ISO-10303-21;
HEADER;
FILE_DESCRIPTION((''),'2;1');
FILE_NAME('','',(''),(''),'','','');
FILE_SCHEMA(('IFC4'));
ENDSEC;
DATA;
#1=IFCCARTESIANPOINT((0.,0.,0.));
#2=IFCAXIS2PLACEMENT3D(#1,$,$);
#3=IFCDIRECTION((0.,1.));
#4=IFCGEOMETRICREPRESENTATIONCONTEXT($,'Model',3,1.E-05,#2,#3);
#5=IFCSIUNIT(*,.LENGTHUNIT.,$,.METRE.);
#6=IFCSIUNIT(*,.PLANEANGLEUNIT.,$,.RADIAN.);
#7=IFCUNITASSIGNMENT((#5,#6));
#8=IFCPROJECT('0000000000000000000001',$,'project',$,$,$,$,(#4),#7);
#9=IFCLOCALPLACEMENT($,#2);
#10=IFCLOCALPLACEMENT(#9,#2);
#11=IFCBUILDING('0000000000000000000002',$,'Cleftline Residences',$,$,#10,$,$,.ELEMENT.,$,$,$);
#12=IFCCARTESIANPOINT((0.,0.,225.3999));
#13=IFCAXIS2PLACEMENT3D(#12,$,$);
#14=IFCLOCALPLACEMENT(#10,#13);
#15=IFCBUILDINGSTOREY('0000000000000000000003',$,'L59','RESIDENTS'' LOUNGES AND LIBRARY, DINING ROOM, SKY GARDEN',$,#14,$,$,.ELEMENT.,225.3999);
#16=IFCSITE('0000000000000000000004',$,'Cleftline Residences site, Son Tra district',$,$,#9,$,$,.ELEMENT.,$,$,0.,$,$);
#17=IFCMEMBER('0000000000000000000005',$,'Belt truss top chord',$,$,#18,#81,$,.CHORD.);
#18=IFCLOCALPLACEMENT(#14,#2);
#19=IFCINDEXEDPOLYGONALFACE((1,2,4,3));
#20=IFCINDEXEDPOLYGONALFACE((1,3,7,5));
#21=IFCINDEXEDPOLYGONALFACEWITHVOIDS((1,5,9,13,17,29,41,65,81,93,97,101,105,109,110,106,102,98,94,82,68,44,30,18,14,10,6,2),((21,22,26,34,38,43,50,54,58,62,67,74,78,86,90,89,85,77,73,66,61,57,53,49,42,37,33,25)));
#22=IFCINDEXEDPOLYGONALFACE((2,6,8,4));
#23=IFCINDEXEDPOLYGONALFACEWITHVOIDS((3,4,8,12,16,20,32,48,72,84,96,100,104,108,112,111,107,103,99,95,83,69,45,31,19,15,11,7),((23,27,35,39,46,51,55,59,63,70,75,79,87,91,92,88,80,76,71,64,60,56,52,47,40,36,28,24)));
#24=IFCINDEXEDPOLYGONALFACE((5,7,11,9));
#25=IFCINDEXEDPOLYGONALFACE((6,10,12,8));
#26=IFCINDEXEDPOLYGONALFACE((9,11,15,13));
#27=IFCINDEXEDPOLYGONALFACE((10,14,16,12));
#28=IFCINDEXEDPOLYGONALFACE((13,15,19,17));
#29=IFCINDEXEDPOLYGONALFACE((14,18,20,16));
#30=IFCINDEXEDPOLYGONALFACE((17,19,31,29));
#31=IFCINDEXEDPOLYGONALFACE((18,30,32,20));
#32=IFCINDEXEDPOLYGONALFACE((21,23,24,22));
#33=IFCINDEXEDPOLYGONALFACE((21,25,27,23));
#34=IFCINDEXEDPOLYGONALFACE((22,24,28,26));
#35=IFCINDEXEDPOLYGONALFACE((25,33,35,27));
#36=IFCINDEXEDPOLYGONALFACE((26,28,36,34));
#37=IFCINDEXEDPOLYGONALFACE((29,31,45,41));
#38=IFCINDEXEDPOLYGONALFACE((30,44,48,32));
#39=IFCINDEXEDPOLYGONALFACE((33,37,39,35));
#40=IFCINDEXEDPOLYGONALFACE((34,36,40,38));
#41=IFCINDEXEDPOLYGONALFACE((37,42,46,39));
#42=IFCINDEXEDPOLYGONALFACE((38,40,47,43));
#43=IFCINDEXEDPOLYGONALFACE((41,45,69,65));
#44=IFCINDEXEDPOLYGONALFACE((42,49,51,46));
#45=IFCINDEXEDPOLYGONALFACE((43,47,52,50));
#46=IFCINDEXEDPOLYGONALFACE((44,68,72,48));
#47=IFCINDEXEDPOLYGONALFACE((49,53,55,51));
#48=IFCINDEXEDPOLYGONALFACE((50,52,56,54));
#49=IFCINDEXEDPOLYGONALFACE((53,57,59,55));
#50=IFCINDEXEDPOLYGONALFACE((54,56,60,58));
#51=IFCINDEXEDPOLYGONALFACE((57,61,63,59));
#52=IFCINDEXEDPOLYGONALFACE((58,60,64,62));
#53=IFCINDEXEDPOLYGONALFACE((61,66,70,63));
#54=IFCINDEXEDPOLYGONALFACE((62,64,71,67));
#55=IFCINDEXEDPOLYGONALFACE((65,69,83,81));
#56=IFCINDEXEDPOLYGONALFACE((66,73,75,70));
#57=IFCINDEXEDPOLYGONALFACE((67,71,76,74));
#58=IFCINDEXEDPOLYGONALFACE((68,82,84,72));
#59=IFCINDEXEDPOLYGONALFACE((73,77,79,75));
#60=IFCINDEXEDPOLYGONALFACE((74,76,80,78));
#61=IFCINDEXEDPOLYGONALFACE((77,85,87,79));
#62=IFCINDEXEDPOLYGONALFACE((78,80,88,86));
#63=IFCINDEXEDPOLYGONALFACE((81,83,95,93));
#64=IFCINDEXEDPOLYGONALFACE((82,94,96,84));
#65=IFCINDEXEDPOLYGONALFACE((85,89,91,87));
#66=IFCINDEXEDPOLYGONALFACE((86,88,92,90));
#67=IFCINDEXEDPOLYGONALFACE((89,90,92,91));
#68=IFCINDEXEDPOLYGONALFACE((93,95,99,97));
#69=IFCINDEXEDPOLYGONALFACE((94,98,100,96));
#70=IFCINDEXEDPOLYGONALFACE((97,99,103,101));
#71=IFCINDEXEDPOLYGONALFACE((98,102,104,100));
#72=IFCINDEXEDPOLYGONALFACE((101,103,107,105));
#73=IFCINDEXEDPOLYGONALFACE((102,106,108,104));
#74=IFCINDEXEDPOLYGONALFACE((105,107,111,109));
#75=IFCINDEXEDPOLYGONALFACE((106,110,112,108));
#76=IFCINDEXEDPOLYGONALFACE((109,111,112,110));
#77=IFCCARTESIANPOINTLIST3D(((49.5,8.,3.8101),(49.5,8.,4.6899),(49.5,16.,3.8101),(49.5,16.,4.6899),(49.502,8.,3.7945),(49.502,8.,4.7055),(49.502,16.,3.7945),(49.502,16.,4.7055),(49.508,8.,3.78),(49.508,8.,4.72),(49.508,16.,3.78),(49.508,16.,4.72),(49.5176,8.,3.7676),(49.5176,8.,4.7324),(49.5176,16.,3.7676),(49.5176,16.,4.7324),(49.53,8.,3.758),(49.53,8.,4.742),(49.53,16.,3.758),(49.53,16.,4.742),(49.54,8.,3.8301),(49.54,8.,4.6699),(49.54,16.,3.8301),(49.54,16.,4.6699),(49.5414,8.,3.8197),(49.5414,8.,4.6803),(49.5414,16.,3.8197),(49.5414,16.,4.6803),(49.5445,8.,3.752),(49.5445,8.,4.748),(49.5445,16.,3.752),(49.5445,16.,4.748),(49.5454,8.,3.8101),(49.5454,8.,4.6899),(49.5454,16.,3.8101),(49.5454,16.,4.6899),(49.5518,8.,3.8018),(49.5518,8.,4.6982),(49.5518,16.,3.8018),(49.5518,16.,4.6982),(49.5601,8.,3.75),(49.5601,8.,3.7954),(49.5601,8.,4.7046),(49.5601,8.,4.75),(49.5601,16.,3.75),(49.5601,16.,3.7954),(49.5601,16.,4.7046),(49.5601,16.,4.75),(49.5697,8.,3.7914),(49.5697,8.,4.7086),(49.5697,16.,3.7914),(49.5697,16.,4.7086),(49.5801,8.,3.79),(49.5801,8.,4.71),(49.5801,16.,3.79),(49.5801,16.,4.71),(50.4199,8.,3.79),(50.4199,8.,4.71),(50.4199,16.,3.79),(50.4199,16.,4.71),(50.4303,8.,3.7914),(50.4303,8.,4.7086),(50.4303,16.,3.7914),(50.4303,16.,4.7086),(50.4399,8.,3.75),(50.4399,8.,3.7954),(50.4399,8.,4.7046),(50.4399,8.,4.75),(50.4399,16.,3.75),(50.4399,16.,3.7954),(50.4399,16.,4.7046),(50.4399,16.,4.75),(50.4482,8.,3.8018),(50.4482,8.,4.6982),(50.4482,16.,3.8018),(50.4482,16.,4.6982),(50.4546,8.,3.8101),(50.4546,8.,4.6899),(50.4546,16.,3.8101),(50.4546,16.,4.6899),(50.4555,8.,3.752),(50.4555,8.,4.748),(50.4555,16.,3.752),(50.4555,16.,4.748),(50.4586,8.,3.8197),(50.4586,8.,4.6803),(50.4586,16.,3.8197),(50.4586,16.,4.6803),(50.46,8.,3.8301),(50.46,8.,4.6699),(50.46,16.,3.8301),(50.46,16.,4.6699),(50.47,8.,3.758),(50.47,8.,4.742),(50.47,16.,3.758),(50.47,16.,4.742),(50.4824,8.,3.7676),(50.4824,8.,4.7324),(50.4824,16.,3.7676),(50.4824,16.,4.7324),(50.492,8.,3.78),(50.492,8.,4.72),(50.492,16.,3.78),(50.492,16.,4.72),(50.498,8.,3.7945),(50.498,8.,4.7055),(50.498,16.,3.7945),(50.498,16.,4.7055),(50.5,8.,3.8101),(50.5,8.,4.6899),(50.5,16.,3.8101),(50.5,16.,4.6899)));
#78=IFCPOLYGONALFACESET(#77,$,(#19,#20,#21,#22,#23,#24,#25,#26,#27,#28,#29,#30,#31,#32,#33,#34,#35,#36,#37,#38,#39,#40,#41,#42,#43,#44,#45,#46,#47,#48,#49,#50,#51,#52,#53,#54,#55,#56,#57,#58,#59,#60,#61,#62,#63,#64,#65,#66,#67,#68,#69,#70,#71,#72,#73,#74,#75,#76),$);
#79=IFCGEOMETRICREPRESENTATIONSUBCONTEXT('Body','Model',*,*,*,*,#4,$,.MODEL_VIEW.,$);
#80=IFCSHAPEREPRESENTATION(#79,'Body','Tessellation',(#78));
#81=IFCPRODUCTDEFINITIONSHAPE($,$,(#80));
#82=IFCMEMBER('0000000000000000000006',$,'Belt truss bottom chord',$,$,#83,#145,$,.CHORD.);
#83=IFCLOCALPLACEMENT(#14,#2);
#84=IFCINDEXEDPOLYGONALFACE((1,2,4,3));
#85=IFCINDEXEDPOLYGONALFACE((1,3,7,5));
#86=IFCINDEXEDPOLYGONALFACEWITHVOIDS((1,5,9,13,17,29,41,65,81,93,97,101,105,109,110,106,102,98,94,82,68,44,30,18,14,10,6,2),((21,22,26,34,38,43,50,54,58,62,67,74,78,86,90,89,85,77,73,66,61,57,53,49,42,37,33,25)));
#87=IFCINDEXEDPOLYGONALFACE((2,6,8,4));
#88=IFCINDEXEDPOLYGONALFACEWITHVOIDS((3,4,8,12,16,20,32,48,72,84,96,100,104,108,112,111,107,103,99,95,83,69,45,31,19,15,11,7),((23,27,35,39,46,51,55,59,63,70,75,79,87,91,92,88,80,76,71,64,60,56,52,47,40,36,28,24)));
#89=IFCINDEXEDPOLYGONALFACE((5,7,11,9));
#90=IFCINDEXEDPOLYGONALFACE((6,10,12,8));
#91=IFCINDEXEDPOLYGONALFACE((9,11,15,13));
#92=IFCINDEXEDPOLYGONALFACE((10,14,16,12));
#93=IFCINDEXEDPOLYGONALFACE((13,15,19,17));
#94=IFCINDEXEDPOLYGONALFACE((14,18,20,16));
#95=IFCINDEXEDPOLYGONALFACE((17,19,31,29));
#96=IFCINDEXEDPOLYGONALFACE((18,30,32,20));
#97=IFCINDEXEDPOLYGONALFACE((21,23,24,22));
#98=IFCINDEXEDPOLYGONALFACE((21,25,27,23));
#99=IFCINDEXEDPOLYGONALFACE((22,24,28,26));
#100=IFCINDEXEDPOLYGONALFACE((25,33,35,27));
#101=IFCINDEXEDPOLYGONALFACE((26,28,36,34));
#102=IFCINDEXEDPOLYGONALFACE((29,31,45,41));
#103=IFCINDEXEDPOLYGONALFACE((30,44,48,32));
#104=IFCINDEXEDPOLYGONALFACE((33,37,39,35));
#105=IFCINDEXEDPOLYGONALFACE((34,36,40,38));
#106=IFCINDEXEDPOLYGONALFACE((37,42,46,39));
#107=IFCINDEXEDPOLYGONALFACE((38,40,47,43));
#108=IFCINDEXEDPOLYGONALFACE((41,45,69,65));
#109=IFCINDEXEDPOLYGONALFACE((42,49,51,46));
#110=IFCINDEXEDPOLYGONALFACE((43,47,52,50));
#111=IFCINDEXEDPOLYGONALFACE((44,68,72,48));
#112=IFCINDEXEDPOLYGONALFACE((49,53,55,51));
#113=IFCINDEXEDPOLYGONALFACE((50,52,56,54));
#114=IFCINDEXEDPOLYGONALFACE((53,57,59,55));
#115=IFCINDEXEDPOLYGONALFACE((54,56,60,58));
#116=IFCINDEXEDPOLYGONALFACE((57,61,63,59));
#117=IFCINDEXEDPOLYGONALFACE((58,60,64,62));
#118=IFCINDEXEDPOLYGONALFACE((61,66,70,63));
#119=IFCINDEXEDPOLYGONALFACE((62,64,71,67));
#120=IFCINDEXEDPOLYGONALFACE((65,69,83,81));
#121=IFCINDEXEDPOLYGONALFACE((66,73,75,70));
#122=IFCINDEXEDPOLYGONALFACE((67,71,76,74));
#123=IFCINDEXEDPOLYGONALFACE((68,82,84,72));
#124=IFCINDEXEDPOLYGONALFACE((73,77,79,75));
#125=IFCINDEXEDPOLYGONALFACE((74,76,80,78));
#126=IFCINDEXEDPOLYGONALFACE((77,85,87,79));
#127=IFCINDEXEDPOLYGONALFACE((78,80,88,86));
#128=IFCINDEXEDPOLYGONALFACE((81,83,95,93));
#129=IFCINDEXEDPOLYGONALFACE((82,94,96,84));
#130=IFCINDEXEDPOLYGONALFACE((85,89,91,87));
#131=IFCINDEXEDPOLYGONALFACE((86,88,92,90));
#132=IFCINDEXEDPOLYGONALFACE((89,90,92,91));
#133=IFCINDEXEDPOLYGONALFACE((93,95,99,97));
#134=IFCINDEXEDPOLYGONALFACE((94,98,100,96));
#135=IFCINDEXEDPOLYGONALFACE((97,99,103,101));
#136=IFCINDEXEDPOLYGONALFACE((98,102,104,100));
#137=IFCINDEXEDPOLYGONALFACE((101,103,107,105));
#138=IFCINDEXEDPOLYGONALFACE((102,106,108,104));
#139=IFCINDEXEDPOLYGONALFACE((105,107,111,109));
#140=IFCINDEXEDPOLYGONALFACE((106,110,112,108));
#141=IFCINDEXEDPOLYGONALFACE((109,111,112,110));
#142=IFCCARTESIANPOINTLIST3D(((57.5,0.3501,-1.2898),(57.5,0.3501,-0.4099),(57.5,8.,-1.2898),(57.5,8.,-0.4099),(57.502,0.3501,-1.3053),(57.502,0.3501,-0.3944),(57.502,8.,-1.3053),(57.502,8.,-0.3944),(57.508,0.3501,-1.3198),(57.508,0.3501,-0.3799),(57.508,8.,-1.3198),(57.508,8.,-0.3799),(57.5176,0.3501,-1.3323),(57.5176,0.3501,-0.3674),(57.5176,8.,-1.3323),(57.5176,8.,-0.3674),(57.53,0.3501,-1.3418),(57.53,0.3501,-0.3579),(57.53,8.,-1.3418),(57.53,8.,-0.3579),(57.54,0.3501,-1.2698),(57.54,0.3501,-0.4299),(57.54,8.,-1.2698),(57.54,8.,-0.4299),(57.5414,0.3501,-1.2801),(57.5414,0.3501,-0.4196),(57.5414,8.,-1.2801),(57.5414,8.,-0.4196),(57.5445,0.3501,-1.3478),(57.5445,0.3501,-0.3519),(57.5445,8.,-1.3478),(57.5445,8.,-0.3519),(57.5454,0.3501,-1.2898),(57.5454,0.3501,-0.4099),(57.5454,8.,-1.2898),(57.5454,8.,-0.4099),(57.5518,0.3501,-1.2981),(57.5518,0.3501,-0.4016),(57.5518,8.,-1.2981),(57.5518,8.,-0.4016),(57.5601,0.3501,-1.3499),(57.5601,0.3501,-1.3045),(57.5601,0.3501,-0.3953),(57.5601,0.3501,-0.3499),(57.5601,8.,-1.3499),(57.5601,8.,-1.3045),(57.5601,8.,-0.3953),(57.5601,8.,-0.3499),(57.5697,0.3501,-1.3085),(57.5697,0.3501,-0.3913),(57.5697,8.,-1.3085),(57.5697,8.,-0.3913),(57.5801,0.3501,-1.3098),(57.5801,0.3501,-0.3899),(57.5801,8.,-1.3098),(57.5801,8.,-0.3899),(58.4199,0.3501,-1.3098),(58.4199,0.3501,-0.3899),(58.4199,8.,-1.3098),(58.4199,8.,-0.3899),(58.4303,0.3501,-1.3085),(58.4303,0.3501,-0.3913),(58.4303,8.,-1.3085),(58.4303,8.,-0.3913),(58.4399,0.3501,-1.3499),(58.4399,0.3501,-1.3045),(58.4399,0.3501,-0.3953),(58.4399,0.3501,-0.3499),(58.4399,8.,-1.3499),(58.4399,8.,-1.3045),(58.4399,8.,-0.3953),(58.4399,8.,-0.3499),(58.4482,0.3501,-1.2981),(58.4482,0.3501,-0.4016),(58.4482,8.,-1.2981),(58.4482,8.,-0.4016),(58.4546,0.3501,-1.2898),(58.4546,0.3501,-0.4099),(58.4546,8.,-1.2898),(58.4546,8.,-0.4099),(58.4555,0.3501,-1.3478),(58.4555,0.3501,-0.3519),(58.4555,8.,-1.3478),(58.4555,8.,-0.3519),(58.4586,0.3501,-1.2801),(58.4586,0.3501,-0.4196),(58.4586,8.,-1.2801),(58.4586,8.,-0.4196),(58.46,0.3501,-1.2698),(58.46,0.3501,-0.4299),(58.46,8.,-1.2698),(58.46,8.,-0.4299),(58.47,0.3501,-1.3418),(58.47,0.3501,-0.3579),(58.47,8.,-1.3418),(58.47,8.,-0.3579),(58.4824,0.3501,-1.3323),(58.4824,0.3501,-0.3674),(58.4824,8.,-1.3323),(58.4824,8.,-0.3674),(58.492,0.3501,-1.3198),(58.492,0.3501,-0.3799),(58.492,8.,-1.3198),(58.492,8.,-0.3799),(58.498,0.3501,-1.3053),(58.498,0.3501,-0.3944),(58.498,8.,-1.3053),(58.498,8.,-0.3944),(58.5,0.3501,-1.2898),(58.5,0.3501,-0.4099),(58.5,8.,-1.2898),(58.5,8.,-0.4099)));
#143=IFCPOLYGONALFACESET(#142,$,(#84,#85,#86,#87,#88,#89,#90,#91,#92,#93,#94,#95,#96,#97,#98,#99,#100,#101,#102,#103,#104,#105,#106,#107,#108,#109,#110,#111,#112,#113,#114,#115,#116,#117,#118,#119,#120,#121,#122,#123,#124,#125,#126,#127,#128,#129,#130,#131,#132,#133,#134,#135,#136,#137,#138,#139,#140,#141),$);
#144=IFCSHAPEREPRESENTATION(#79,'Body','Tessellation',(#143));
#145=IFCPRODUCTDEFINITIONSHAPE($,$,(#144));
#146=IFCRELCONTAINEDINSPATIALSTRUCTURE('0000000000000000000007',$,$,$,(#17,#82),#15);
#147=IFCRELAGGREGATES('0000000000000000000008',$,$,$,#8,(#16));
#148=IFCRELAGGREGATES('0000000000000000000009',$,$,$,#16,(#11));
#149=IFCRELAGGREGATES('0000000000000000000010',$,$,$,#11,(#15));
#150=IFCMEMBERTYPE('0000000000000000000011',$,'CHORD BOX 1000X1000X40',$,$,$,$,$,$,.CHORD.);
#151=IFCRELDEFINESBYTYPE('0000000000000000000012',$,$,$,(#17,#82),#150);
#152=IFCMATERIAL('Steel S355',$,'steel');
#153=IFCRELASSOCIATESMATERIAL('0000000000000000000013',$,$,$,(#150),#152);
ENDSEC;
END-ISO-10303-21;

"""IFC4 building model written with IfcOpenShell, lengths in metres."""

from ifc_helpers import new_model, si_unit, direction, frame, origin, origin_2d, place, context, subcontext, project, spatial, hollow_rectangle, extrude, material, material_profile, profile_set, type_object, element, save


model = new_model("IFC4")

# Units and contexts
model_context = context("Model", 3, precision=1e-05, world=origin(), true_north=direction((0.0, 1.0)))
body_context = subcontext(model_context, "Body", "Model", "MODEL_VIEW")
ifc_project = project(units=[si_unit("LENGTHUNIT", "METRE"), si_unit("PLANEANGLEUNIT", "RADIAN")], contexts=[model_context])

# Site, building, storey
site_placement = place(None, origin())
site = spatial("IfcSite", under=ifc_project, at=site_placement, Name="Cleftline Residences site, Son Tra district", CompositionType="ELEMENT", RefElevation=0.0)
building_placement = place(site_placement, origin())
building = spatial("IfcBuilding", under=site, at=building_placement, Name="Cleftline Residences", CompositionType="ELEMENT")
storey_placement = place(building_placement, frame((0.0, 0.0, 225.3999)))
storey = spatial("IfcBuildingStorey", under=building, at=storey_placement, Name="L59", Description="RESIDENTS' LOUNGES AND LIBRARY, DINING ROOM, SKY GARDEN", CompositionType="ELEMENT", Elevation=225.3999)

# Members
ifc_material_1 = material(Name="Steel S355", Category="steel")
ifc_material_profile_1 = material_profile(ifc_material_1, hollow_rectangle(XDim=1.0, YDim=1.0, WallThickness=0.04, InnerFilletRadius=0.04, OuterFilletRadius=0.0601, at=origin_2d()))
ifc_profile_set_1 = profile_set([ifc_material_profile_1], Name="Steel S355")
member_type_1 = type_object("IfcMemberType", Name="CHORD BOX 1000X1000X40", PredefinedType="CHORD", material=ifc_profile_set_1)
for number, where, z_axis, x_axis, name in (
    (1, (50.0, 8.0, 4.25), (0.0, 1.0, 0.0), (-1.0, 0.0, 0.0), "Belt truss top chord"),
):
    element("IfcMember", number, at=place(storey_placement, frame(where, z_axis=z_axis, x_axis=x_axis)), inside=storey, type_object=member_type_1, Name=name, PredefinedType="CHORD", context=body_context, shape_type="SweptSolid", body=[
        extrude(hollow_rectangle(XDim=1.0, YDim=1.0, WallThickness=0.04, InnerFilletRadius=0.04, OuterFilletRadius=0.0601, at=origin_2d()), origin(), (0.0, 0.0, 1.0), 8.0),
    ])
for number, where, z_axis, x_axis, name in (
    (2, (58.0, 0.3501, -0.8499), (0.0, 1.0, 0.0), (-1.0, 0.0, 0.0), "Belt truss bottom chord"),
):
    element("IfcMember", number, at=place(storey_placement, frame(where, z_axis=z_axis, x_axis=x_axis)), inside=storey, type_object=member_type_1, Name=name, PredefinedType="CHORD", context=body_context, shape_type="SweptSolid", body=[
        extrude(hollow_rectangle(XDim=1.0, YDim=1.0, WallThickness=0.04, InnerFilletRadius=0.04, OuterFilletRadius=0.0601, at=origin_2d()), origin(), (0.0, 0.0, 1.0), 7.6499),
    ])

save(model, "model.ifc")
